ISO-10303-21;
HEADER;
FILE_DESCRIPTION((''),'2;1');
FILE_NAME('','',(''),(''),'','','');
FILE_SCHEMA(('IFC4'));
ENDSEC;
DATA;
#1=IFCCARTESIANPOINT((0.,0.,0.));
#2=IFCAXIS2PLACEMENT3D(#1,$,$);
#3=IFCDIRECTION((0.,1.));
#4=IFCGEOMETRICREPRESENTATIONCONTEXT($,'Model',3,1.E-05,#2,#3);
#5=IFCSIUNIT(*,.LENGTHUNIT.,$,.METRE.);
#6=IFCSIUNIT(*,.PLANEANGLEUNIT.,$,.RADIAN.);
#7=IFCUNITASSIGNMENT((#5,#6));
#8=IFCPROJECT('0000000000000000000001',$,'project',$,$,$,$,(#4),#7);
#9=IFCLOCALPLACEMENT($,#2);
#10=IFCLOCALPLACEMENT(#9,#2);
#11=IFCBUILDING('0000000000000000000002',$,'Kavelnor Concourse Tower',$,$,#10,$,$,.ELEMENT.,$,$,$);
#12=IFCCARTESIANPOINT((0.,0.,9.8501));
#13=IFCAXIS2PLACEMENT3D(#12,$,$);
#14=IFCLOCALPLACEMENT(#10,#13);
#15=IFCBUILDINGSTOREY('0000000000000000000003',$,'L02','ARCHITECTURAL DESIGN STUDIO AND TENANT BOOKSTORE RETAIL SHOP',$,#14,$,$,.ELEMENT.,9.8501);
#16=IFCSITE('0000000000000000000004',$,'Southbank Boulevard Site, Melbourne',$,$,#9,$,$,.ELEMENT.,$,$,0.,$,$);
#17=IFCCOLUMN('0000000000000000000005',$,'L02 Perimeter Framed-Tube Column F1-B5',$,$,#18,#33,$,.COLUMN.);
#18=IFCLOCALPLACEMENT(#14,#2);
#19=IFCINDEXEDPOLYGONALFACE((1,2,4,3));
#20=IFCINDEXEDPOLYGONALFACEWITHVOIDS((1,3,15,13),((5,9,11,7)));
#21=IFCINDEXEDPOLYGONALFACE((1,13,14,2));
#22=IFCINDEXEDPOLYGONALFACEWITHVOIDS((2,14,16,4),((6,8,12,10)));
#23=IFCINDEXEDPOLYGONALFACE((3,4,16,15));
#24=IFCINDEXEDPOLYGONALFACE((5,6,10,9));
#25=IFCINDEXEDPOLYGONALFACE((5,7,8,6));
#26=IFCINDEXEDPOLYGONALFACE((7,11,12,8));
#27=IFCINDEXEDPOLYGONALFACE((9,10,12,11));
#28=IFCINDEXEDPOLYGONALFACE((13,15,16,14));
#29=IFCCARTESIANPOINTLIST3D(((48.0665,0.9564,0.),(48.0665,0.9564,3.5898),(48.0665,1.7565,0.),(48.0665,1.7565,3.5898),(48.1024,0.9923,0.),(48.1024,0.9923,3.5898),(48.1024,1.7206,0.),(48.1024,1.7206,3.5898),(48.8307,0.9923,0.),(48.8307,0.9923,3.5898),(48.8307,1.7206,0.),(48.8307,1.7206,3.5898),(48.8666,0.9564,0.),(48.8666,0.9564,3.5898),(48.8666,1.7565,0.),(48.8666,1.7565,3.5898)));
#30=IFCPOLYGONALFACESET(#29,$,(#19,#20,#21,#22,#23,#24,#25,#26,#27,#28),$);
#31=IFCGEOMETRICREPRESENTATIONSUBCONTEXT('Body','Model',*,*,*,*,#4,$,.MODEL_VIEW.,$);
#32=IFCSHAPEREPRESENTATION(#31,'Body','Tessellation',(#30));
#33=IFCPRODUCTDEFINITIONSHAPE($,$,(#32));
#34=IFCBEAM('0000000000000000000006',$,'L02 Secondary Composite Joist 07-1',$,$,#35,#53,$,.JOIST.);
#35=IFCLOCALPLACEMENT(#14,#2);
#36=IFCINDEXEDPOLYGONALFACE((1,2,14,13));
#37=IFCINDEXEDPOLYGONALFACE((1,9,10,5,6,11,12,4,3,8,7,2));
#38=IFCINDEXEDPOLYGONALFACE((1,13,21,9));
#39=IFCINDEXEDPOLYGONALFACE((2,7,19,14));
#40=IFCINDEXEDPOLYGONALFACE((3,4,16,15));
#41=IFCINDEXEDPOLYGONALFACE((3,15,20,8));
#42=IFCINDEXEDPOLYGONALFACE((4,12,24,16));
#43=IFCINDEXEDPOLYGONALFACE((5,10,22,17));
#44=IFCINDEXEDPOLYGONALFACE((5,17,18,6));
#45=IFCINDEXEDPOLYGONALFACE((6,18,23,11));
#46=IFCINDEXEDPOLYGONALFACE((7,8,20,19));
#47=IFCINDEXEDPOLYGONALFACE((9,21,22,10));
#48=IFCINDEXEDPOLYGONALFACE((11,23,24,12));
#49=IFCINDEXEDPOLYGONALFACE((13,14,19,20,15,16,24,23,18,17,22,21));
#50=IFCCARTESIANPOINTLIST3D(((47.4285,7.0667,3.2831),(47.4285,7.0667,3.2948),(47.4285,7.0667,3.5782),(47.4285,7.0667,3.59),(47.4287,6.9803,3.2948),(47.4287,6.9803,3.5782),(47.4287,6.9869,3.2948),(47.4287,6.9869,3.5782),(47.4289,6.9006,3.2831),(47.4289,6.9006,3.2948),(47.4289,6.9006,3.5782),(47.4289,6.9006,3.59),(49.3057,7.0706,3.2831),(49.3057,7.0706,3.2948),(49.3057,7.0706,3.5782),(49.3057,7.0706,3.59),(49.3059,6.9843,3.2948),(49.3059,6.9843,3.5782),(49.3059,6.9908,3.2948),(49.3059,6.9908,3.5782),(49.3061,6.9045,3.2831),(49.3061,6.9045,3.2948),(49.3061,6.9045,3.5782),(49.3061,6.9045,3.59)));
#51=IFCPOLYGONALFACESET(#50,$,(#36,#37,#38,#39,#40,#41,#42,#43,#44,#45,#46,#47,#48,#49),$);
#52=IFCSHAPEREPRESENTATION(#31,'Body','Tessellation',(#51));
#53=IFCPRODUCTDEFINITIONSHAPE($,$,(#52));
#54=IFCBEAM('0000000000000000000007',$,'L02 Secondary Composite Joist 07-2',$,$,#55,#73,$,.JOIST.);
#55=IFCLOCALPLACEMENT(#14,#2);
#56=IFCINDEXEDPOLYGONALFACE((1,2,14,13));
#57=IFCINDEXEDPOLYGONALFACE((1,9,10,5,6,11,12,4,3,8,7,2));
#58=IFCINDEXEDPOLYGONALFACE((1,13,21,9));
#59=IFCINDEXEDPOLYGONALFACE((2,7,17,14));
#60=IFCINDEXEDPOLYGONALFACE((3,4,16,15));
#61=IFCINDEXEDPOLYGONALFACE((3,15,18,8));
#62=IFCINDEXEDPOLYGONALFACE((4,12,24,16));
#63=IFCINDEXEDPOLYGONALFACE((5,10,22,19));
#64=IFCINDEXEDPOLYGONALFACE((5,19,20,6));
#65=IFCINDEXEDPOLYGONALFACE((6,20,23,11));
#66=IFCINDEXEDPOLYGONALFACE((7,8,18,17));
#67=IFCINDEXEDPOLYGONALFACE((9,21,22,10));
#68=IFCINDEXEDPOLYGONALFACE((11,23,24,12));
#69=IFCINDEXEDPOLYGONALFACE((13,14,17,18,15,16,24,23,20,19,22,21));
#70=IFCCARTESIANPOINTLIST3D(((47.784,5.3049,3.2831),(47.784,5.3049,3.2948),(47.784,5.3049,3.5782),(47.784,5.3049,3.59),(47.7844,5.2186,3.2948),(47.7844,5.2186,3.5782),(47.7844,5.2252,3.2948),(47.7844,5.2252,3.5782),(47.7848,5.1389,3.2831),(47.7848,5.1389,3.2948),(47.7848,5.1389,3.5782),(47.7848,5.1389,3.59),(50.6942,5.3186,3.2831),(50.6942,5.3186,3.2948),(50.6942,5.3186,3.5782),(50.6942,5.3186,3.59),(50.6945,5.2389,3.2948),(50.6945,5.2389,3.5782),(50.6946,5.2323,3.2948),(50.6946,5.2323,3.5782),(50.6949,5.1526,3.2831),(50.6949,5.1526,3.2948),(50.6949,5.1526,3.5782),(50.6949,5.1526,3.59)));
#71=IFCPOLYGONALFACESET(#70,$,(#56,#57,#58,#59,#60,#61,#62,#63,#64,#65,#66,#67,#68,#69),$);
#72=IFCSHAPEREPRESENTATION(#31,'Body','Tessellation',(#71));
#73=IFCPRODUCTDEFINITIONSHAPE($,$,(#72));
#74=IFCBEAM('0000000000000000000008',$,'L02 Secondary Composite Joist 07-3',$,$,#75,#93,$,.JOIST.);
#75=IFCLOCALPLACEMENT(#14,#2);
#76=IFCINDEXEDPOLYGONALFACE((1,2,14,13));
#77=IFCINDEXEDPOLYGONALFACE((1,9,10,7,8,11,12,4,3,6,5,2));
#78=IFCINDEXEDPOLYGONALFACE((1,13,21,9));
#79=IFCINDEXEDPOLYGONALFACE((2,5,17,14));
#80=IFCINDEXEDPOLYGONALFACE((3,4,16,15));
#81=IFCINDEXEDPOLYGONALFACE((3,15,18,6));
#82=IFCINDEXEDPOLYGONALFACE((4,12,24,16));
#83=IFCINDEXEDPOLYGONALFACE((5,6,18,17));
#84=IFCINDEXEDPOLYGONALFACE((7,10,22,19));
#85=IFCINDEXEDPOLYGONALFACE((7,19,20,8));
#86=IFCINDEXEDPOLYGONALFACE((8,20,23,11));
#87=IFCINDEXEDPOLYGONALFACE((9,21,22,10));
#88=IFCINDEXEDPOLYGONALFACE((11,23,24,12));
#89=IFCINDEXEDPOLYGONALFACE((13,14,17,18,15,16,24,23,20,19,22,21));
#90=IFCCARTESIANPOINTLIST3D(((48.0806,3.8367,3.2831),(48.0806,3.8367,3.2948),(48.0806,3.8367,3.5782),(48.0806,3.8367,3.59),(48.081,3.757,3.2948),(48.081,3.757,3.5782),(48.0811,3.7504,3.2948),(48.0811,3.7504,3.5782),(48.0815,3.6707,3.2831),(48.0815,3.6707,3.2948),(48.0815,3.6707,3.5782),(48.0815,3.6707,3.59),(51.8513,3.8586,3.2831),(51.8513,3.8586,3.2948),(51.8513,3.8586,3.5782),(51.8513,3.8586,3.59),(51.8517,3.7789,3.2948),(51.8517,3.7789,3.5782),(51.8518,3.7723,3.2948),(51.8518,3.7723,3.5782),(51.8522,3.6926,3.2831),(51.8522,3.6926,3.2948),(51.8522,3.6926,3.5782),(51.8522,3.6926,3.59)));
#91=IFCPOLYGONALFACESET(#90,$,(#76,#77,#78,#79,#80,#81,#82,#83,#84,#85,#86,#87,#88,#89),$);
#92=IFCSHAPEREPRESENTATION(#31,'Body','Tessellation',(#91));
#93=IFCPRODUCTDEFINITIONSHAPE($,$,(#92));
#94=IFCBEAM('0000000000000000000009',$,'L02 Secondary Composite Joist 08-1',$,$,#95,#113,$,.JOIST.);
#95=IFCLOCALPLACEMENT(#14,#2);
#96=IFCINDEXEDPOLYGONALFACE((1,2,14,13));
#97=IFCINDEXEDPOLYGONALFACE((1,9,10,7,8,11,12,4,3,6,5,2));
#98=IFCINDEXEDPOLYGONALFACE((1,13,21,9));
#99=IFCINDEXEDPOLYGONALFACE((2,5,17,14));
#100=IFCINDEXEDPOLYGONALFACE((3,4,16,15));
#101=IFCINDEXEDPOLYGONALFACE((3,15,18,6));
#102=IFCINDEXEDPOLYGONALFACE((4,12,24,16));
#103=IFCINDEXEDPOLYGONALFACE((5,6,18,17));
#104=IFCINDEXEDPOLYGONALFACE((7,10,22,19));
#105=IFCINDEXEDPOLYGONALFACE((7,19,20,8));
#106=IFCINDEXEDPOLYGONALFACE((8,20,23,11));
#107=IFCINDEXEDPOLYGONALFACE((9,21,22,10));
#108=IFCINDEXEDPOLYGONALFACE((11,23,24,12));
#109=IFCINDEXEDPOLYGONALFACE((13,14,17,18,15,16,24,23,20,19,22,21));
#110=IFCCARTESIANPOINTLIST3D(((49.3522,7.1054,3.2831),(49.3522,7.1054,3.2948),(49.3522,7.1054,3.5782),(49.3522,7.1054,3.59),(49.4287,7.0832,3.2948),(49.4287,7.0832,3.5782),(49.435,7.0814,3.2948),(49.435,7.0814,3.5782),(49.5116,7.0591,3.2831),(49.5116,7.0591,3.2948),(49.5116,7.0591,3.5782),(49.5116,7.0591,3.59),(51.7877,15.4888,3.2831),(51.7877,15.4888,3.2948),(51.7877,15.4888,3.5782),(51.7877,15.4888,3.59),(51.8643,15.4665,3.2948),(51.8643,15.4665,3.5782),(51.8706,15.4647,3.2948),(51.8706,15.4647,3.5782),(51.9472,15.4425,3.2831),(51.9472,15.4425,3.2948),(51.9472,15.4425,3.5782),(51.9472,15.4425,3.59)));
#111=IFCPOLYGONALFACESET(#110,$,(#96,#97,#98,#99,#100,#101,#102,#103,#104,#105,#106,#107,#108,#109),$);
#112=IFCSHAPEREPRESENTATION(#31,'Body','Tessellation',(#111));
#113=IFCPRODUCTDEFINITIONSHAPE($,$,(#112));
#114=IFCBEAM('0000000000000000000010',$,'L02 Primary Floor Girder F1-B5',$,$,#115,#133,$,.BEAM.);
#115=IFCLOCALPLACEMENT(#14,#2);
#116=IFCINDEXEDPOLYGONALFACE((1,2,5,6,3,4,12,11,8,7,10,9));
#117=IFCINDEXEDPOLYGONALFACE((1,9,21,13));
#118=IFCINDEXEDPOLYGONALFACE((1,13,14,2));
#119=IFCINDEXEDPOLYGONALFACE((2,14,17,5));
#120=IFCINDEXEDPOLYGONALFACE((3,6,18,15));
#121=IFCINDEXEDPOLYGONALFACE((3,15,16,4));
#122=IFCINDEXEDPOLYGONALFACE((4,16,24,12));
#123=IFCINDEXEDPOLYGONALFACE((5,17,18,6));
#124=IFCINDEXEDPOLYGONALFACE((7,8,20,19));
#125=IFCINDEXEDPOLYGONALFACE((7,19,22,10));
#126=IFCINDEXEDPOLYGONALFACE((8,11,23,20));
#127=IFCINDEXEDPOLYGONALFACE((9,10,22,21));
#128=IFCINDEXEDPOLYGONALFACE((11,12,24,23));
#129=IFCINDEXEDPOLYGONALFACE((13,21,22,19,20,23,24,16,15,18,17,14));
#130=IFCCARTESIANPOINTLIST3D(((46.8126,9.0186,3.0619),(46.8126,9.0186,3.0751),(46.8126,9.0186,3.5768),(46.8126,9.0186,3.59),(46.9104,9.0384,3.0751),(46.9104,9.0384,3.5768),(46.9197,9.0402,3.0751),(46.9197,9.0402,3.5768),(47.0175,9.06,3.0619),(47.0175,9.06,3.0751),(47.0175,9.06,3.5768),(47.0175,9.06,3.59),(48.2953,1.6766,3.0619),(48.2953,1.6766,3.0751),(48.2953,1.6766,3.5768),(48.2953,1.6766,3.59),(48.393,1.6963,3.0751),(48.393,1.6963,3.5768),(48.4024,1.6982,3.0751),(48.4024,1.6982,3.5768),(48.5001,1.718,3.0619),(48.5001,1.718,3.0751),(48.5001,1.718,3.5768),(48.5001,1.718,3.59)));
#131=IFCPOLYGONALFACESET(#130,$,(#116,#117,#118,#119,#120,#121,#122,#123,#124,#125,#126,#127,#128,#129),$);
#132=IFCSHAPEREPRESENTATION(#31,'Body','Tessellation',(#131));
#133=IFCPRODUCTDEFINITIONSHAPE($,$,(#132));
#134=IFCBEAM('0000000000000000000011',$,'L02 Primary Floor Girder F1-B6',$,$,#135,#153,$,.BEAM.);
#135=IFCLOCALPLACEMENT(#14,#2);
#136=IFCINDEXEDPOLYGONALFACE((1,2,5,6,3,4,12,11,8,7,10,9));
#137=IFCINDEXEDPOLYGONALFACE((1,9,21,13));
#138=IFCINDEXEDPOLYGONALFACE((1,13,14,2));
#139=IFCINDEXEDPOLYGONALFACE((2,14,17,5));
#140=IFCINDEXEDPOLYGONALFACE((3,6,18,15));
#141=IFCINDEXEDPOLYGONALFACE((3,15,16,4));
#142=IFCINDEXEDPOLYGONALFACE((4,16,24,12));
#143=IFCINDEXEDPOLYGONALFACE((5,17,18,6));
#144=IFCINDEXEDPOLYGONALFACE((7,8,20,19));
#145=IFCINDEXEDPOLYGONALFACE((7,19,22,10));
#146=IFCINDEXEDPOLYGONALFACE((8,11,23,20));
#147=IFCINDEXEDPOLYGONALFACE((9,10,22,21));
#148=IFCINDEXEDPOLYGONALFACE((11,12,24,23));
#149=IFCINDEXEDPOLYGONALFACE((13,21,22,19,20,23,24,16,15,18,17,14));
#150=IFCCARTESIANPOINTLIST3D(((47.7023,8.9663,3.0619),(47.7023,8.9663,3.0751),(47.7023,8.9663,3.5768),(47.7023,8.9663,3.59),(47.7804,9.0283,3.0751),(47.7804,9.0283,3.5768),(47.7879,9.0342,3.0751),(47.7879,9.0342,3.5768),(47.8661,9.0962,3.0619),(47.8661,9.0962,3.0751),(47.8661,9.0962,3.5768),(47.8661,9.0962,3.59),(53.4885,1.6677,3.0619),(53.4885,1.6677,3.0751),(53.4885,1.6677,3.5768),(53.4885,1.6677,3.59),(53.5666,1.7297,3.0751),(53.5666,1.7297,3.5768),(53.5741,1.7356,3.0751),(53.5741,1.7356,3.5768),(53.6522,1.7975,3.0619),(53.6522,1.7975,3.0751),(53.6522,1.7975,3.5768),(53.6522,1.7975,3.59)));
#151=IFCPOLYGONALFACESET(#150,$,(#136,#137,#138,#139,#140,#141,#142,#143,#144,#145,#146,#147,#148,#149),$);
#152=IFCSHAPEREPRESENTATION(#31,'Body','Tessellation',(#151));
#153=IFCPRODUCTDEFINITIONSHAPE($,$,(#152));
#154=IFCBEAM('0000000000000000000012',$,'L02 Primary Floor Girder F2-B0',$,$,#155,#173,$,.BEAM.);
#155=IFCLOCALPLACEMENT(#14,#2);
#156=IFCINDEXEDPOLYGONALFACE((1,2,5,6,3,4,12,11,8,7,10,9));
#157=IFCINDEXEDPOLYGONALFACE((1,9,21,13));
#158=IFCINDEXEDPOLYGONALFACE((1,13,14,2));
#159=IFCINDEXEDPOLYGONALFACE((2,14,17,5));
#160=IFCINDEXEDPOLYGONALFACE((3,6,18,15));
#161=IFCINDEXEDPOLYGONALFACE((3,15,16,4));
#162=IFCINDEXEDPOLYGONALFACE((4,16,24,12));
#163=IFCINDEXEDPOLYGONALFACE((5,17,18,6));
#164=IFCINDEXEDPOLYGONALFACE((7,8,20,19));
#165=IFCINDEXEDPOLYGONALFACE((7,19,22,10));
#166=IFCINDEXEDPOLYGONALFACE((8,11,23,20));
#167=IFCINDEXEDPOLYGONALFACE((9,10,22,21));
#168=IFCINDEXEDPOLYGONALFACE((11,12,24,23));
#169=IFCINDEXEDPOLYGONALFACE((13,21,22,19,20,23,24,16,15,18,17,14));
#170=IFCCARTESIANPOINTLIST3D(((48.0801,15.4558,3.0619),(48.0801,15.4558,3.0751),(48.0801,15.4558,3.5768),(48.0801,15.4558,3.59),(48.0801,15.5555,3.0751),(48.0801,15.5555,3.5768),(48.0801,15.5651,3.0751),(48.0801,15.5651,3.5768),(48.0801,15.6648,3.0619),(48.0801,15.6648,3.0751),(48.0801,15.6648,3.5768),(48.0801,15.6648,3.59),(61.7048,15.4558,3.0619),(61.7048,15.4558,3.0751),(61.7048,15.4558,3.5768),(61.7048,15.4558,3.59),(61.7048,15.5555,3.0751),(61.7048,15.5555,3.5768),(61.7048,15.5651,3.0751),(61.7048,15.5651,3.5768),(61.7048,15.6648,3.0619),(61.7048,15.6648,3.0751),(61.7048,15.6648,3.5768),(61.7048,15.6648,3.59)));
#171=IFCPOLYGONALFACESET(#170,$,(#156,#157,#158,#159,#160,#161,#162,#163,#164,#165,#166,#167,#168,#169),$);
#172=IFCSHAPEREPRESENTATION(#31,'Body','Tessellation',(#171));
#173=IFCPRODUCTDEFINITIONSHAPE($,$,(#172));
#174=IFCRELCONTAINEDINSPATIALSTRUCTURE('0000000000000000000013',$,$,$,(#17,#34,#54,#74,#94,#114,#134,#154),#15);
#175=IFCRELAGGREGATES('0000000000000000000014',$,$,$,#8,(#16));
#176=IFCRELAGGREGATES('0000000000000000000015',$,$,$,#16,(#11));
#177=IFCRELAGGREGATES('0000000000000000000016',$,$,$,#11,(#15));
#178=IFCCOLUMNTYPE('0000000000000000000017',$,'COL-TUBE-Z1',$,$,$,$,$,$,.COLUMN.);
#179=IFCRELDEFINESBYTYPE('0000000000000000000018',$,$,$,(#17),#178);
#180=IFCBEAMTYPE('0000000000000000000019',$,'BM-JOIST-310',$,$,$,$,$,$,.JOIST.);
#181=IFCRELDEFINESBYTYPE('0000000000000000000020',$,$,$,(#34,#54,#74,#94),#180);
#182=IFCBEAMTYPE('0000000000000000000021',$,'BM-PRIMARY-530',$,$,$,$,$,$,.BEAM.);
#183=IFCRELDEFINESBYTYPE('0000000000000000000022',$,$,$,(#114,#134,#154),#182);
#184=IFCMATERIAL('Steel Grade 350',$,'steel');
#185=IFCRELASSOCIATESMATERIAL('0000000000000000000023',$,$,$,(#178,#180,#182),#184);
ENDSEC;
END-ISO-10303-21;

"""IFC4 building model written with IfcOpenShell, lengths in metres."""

from ifc_helpers import new_model, si_unit, direction, frame, origin, origin_2d, place, context, subcontext, project, spatial, hollow_rectangle, i_section, extrude, material, material_profile, profile_set, type_object, element, save


model = new_model("IFC4")

# Units and contexts
model_context = context("Model", 3, precision=1e-05, world=origin(), true_north=direction((0.0, 1.0)))
body_context = subcontext(model_context, "Body", "Model", "MODEL_VIEW")
ifc_project = project(units=[si_unit("LENGTHUNIT", "METRE"), si_unit("PLANEANGLEUNIT", "RADIAN")], contexts=[model_context])

# Site, building, storey
site_placement = place(None, origin())
site = spatial("IfcSite", under=ifc_project, at=site_placement, Name="Southbank Boulevard Site, Melbourne", CompositionType="ELEMENT", RefElevation=0.0)
building_placement = place(site_placement, origin())
building = spatial("IfcBuilding", under=site, at=building_placement, Name="Kavelnor Concourse Tower", CompositionType="ELEMENT")
storey_placement = place(building_placement, frame((0.0, 0.0, 9.8501)))
storey = spatial("IfcBuildingStorey", under=building, at=storey_placement, Name="L02", Description="ARCHITECTURAL DESIGN STUDIO AND TENANT BOOKSTORE RETAIL SHOP", CompositionType="ELEMENT", Elevation=9.8501)

# Column
ifc_material_1 = material(Name="Steel Grade 350", Category="steel")
ifc_material_profile_1 = material_profile(ifc_material_1, hollow_rectangle(XDim=0.8, YDim=0.8, WallThickness=0.0359, at=origin_2d()), Name="SHS 800x800x36")
ifc_profile_set_1 = profile_set([ifc_material_profile_1], Name="Steel Grade 350")
column_type = type_object("IfcColumnType", Name="COL-TUBE-Z1", PredefinedType="COLUMN", material=ifc_profile_set_1)
column_placement = place(storey_placement, frame((48.4666, 1.3564, 0.0), z_axis=(0.0, 0.0, 1.0), x_axis=(1.0, 0.0, 0.0)))
element("IfcColumn", 1, at=column_placement, inside=storey, type_object=column_type, Name="L02 Perimeter Framed-Tube Column F1-B5", PredefinedType="COLUMN", context=body_context, shape_type="SweptSolid", body=[
    extrude(hollow_rectangle(XDim=0.8, YDim=0.8, WallThickness=0.0359, at=origin_2d()), origin(), (0.0, 0.0, 1.0), 3.5898),
])

# Beams
ifc_material_profile_2 = material_profile(ifc_material_1, i_section(OverallWidth=0.166, OverallDepth=0.3069, WebThickness=0.0066, FlangeThickness=0.0117, at=origin_2d()), Name="310UB46")
ifc_profile_set_2 = profile_set([ifc_material_profile_2], Name="Steel Grade 350")
beam_type_1 = type_object("IfcBeamType", Name="BM-JOIST-310", PredefinedType="JOIST", material=ifc_profile_set_2)
beam_1_placement = place(storey_placement, frame((47.4287, 6.9836, 3.4365), z_axis=(0.999998, 0.002081, 0.0), x_axis=(-0.002081, 0.999998, 0.0)))
element("IfcBeam", 2, at=beam_1_placement, inside=storey, type_object=beam_type_1, Name="L02 Secondary Composite Joist 07-1", PredefinedType="JOIST", context=body_context, shape_type="SweptSolid", body=[
    extrude(i_section(OverallWidth=0.166, OverallDepth=0.3069, WebThickness=0.0066, FlangeThickness=0.0117, at=origin_2d()), origin(), (0.0, 0.0, 1.0), 1.8772),
])
beam_2_placement = place(storey_placement, frame((47.7844, 5.2219, 3.4365), z_axis=(0.999989, 0.004698, 0.0), x_axis=(-0.004698, 0.999989, 0.0)))
element("IfcBeam", 3, at=beam_2_placement, inside=storey, type_object=beam_type_1, Name="L02 Secondary Composite Joist 07-2", PredefinedType="JOIST", context=body_context, shape_type="SweptSolid", body=[
    extrude(i_section(OverallWidth=0.166, OverallDepth=0.3069, WebThickness=0.0066, FlangeThickness=0.0117, at=origin_2d()), origin(), (0.0, 0.0, 1.0), 2.9102),
])
beam_3_placement = place(storey_placement, frame((48.0811, 3.7537, 3.4365), z_axis=(0.999983, 0.005827, 0.0), x_axis=(-0.005827, 0.999983, 0.0)))
element("IfcBeam", 4, at=beam_3_placement, inside=storey, type_object=beam_type_1, Name="L02 Secondary Composite Joist 07-3", PredefinedType="JOIST", context=body_context, shape_type="SweptSolid", body=[
    extrude(i_section(OverallWidth=0.166, OverallDepth=0.3069, WebThickness=0.0066, FlangeThickness=0.0117, at=origin_2d()), origin(), (0.0, 0.0, 1.0), 3.7708),
])
beam_4_placement = place(storey_placement, frame((49.4319, 7.0823, 3.4365), z_axis=(0.278988, 0.960295, 0.0), x_axis=(-0.960295, 0.278988, 0.0)))
element("IfcBeam", 5, at=beam_4_placement, inside=storey, type_object=beam_type_1, Name="L02 Secondary Composite Joist 08-1", PredefinedType="JOIST", context=body_context, shape_type="SweptSolid", body=[
    extrude(i_section(OverallWidth=0.166, OverallDepth=0.3069, WebThickness=0.0066, FlangeThickness=0.0117, at=origin_2d()), origin(), (0.0, 0.0, 1.0), 8.73),
])
ifc_material_profile_3 = material_profile(ifc_material_1, i_section(OverallWidth=0.209, OverallDepth=0.5281, WebThickness=0.0095, FlangeThickness=0.0132, at=origin_2d()), Name="530UB82")
ifc_profile_set_3 = profile_set([ifc_material_profile_3], Name="Steel Grade 350")
beam_type_2 = type_object("IfcBeamType", Name="BM-PRIMARY-530", PredefinedType="BEAM", material=ifc_profile_set_3)
beam_5_placement = place(storey_placement, frame((46.915, 9.0393, 3.3259), z_axis=(0.197946, -0.980213, 0.0), x_axis=(0.980213, 0.197946, 0.0)))
element("IfcBeam", 6, at=beam_5_placement, inside=storey, type_object=beam_type_2, Name="L02 Primary Floor Girder F1-B5", PredefinedType="BEAM", context=body_context, shape_type="SweptSolid", body=[
    extrude(i_section(OverallWidth=0.209, OverallDepth=0.5281, WebThickness=0.0095, FlangeThickness=0.0132, at=origin_2d()), origin(), (0.0, 0.0, 1.0), 7.4902),
])
beam_6_placement = place(storey_placement, frame((47.7842, 9.0312, 3.3259), z_axis=(0.621237, -0.783623, 0.0), x_axis=(0.783623, 0.621237, 0.0)))
element("IfcBeam", 7, at=beam_6_placement, inside=storey, type_object=beam_type_2, Name="L02 Primary Floor Girder F1-B6", PredefinedType="BEAM", context=body_context, shape_type="SweptSolid", body=[
    extrude(i_section(OverallWidth=0.209, OverallDepth=0.5281, WebThickness=0.0095, FlangeThickness=0.0132, at=origin_2d()), origin(), (0.0, 0.0, 1.0), 9.314),
])
beam_7_placement = place(storey_placement, frame((48.0801, 15.5603, 3.3259), z_axis=(1.0, 0.0, 0.0), x_axis=(0.0, 1.0, 0.0)))
element("IfcBeam", 8, at=beam_7_placement, inside=storey, type_object=beam_type_2, Name="L02 Primary Floor Girder F2-B0", PredefinedType="BEAM", context=body_context, shape_type="SweptSolid", body=[
    extrude(i_section(OverallWidth=0.209, OverallDepth=0.5281, WebThickness=0.0095, FlangeThickness=0.0132, at=origin_2d()), origin(), (0.0, 0.0, 1.0), 13.6248),
])

save(model, "model.ifc")
